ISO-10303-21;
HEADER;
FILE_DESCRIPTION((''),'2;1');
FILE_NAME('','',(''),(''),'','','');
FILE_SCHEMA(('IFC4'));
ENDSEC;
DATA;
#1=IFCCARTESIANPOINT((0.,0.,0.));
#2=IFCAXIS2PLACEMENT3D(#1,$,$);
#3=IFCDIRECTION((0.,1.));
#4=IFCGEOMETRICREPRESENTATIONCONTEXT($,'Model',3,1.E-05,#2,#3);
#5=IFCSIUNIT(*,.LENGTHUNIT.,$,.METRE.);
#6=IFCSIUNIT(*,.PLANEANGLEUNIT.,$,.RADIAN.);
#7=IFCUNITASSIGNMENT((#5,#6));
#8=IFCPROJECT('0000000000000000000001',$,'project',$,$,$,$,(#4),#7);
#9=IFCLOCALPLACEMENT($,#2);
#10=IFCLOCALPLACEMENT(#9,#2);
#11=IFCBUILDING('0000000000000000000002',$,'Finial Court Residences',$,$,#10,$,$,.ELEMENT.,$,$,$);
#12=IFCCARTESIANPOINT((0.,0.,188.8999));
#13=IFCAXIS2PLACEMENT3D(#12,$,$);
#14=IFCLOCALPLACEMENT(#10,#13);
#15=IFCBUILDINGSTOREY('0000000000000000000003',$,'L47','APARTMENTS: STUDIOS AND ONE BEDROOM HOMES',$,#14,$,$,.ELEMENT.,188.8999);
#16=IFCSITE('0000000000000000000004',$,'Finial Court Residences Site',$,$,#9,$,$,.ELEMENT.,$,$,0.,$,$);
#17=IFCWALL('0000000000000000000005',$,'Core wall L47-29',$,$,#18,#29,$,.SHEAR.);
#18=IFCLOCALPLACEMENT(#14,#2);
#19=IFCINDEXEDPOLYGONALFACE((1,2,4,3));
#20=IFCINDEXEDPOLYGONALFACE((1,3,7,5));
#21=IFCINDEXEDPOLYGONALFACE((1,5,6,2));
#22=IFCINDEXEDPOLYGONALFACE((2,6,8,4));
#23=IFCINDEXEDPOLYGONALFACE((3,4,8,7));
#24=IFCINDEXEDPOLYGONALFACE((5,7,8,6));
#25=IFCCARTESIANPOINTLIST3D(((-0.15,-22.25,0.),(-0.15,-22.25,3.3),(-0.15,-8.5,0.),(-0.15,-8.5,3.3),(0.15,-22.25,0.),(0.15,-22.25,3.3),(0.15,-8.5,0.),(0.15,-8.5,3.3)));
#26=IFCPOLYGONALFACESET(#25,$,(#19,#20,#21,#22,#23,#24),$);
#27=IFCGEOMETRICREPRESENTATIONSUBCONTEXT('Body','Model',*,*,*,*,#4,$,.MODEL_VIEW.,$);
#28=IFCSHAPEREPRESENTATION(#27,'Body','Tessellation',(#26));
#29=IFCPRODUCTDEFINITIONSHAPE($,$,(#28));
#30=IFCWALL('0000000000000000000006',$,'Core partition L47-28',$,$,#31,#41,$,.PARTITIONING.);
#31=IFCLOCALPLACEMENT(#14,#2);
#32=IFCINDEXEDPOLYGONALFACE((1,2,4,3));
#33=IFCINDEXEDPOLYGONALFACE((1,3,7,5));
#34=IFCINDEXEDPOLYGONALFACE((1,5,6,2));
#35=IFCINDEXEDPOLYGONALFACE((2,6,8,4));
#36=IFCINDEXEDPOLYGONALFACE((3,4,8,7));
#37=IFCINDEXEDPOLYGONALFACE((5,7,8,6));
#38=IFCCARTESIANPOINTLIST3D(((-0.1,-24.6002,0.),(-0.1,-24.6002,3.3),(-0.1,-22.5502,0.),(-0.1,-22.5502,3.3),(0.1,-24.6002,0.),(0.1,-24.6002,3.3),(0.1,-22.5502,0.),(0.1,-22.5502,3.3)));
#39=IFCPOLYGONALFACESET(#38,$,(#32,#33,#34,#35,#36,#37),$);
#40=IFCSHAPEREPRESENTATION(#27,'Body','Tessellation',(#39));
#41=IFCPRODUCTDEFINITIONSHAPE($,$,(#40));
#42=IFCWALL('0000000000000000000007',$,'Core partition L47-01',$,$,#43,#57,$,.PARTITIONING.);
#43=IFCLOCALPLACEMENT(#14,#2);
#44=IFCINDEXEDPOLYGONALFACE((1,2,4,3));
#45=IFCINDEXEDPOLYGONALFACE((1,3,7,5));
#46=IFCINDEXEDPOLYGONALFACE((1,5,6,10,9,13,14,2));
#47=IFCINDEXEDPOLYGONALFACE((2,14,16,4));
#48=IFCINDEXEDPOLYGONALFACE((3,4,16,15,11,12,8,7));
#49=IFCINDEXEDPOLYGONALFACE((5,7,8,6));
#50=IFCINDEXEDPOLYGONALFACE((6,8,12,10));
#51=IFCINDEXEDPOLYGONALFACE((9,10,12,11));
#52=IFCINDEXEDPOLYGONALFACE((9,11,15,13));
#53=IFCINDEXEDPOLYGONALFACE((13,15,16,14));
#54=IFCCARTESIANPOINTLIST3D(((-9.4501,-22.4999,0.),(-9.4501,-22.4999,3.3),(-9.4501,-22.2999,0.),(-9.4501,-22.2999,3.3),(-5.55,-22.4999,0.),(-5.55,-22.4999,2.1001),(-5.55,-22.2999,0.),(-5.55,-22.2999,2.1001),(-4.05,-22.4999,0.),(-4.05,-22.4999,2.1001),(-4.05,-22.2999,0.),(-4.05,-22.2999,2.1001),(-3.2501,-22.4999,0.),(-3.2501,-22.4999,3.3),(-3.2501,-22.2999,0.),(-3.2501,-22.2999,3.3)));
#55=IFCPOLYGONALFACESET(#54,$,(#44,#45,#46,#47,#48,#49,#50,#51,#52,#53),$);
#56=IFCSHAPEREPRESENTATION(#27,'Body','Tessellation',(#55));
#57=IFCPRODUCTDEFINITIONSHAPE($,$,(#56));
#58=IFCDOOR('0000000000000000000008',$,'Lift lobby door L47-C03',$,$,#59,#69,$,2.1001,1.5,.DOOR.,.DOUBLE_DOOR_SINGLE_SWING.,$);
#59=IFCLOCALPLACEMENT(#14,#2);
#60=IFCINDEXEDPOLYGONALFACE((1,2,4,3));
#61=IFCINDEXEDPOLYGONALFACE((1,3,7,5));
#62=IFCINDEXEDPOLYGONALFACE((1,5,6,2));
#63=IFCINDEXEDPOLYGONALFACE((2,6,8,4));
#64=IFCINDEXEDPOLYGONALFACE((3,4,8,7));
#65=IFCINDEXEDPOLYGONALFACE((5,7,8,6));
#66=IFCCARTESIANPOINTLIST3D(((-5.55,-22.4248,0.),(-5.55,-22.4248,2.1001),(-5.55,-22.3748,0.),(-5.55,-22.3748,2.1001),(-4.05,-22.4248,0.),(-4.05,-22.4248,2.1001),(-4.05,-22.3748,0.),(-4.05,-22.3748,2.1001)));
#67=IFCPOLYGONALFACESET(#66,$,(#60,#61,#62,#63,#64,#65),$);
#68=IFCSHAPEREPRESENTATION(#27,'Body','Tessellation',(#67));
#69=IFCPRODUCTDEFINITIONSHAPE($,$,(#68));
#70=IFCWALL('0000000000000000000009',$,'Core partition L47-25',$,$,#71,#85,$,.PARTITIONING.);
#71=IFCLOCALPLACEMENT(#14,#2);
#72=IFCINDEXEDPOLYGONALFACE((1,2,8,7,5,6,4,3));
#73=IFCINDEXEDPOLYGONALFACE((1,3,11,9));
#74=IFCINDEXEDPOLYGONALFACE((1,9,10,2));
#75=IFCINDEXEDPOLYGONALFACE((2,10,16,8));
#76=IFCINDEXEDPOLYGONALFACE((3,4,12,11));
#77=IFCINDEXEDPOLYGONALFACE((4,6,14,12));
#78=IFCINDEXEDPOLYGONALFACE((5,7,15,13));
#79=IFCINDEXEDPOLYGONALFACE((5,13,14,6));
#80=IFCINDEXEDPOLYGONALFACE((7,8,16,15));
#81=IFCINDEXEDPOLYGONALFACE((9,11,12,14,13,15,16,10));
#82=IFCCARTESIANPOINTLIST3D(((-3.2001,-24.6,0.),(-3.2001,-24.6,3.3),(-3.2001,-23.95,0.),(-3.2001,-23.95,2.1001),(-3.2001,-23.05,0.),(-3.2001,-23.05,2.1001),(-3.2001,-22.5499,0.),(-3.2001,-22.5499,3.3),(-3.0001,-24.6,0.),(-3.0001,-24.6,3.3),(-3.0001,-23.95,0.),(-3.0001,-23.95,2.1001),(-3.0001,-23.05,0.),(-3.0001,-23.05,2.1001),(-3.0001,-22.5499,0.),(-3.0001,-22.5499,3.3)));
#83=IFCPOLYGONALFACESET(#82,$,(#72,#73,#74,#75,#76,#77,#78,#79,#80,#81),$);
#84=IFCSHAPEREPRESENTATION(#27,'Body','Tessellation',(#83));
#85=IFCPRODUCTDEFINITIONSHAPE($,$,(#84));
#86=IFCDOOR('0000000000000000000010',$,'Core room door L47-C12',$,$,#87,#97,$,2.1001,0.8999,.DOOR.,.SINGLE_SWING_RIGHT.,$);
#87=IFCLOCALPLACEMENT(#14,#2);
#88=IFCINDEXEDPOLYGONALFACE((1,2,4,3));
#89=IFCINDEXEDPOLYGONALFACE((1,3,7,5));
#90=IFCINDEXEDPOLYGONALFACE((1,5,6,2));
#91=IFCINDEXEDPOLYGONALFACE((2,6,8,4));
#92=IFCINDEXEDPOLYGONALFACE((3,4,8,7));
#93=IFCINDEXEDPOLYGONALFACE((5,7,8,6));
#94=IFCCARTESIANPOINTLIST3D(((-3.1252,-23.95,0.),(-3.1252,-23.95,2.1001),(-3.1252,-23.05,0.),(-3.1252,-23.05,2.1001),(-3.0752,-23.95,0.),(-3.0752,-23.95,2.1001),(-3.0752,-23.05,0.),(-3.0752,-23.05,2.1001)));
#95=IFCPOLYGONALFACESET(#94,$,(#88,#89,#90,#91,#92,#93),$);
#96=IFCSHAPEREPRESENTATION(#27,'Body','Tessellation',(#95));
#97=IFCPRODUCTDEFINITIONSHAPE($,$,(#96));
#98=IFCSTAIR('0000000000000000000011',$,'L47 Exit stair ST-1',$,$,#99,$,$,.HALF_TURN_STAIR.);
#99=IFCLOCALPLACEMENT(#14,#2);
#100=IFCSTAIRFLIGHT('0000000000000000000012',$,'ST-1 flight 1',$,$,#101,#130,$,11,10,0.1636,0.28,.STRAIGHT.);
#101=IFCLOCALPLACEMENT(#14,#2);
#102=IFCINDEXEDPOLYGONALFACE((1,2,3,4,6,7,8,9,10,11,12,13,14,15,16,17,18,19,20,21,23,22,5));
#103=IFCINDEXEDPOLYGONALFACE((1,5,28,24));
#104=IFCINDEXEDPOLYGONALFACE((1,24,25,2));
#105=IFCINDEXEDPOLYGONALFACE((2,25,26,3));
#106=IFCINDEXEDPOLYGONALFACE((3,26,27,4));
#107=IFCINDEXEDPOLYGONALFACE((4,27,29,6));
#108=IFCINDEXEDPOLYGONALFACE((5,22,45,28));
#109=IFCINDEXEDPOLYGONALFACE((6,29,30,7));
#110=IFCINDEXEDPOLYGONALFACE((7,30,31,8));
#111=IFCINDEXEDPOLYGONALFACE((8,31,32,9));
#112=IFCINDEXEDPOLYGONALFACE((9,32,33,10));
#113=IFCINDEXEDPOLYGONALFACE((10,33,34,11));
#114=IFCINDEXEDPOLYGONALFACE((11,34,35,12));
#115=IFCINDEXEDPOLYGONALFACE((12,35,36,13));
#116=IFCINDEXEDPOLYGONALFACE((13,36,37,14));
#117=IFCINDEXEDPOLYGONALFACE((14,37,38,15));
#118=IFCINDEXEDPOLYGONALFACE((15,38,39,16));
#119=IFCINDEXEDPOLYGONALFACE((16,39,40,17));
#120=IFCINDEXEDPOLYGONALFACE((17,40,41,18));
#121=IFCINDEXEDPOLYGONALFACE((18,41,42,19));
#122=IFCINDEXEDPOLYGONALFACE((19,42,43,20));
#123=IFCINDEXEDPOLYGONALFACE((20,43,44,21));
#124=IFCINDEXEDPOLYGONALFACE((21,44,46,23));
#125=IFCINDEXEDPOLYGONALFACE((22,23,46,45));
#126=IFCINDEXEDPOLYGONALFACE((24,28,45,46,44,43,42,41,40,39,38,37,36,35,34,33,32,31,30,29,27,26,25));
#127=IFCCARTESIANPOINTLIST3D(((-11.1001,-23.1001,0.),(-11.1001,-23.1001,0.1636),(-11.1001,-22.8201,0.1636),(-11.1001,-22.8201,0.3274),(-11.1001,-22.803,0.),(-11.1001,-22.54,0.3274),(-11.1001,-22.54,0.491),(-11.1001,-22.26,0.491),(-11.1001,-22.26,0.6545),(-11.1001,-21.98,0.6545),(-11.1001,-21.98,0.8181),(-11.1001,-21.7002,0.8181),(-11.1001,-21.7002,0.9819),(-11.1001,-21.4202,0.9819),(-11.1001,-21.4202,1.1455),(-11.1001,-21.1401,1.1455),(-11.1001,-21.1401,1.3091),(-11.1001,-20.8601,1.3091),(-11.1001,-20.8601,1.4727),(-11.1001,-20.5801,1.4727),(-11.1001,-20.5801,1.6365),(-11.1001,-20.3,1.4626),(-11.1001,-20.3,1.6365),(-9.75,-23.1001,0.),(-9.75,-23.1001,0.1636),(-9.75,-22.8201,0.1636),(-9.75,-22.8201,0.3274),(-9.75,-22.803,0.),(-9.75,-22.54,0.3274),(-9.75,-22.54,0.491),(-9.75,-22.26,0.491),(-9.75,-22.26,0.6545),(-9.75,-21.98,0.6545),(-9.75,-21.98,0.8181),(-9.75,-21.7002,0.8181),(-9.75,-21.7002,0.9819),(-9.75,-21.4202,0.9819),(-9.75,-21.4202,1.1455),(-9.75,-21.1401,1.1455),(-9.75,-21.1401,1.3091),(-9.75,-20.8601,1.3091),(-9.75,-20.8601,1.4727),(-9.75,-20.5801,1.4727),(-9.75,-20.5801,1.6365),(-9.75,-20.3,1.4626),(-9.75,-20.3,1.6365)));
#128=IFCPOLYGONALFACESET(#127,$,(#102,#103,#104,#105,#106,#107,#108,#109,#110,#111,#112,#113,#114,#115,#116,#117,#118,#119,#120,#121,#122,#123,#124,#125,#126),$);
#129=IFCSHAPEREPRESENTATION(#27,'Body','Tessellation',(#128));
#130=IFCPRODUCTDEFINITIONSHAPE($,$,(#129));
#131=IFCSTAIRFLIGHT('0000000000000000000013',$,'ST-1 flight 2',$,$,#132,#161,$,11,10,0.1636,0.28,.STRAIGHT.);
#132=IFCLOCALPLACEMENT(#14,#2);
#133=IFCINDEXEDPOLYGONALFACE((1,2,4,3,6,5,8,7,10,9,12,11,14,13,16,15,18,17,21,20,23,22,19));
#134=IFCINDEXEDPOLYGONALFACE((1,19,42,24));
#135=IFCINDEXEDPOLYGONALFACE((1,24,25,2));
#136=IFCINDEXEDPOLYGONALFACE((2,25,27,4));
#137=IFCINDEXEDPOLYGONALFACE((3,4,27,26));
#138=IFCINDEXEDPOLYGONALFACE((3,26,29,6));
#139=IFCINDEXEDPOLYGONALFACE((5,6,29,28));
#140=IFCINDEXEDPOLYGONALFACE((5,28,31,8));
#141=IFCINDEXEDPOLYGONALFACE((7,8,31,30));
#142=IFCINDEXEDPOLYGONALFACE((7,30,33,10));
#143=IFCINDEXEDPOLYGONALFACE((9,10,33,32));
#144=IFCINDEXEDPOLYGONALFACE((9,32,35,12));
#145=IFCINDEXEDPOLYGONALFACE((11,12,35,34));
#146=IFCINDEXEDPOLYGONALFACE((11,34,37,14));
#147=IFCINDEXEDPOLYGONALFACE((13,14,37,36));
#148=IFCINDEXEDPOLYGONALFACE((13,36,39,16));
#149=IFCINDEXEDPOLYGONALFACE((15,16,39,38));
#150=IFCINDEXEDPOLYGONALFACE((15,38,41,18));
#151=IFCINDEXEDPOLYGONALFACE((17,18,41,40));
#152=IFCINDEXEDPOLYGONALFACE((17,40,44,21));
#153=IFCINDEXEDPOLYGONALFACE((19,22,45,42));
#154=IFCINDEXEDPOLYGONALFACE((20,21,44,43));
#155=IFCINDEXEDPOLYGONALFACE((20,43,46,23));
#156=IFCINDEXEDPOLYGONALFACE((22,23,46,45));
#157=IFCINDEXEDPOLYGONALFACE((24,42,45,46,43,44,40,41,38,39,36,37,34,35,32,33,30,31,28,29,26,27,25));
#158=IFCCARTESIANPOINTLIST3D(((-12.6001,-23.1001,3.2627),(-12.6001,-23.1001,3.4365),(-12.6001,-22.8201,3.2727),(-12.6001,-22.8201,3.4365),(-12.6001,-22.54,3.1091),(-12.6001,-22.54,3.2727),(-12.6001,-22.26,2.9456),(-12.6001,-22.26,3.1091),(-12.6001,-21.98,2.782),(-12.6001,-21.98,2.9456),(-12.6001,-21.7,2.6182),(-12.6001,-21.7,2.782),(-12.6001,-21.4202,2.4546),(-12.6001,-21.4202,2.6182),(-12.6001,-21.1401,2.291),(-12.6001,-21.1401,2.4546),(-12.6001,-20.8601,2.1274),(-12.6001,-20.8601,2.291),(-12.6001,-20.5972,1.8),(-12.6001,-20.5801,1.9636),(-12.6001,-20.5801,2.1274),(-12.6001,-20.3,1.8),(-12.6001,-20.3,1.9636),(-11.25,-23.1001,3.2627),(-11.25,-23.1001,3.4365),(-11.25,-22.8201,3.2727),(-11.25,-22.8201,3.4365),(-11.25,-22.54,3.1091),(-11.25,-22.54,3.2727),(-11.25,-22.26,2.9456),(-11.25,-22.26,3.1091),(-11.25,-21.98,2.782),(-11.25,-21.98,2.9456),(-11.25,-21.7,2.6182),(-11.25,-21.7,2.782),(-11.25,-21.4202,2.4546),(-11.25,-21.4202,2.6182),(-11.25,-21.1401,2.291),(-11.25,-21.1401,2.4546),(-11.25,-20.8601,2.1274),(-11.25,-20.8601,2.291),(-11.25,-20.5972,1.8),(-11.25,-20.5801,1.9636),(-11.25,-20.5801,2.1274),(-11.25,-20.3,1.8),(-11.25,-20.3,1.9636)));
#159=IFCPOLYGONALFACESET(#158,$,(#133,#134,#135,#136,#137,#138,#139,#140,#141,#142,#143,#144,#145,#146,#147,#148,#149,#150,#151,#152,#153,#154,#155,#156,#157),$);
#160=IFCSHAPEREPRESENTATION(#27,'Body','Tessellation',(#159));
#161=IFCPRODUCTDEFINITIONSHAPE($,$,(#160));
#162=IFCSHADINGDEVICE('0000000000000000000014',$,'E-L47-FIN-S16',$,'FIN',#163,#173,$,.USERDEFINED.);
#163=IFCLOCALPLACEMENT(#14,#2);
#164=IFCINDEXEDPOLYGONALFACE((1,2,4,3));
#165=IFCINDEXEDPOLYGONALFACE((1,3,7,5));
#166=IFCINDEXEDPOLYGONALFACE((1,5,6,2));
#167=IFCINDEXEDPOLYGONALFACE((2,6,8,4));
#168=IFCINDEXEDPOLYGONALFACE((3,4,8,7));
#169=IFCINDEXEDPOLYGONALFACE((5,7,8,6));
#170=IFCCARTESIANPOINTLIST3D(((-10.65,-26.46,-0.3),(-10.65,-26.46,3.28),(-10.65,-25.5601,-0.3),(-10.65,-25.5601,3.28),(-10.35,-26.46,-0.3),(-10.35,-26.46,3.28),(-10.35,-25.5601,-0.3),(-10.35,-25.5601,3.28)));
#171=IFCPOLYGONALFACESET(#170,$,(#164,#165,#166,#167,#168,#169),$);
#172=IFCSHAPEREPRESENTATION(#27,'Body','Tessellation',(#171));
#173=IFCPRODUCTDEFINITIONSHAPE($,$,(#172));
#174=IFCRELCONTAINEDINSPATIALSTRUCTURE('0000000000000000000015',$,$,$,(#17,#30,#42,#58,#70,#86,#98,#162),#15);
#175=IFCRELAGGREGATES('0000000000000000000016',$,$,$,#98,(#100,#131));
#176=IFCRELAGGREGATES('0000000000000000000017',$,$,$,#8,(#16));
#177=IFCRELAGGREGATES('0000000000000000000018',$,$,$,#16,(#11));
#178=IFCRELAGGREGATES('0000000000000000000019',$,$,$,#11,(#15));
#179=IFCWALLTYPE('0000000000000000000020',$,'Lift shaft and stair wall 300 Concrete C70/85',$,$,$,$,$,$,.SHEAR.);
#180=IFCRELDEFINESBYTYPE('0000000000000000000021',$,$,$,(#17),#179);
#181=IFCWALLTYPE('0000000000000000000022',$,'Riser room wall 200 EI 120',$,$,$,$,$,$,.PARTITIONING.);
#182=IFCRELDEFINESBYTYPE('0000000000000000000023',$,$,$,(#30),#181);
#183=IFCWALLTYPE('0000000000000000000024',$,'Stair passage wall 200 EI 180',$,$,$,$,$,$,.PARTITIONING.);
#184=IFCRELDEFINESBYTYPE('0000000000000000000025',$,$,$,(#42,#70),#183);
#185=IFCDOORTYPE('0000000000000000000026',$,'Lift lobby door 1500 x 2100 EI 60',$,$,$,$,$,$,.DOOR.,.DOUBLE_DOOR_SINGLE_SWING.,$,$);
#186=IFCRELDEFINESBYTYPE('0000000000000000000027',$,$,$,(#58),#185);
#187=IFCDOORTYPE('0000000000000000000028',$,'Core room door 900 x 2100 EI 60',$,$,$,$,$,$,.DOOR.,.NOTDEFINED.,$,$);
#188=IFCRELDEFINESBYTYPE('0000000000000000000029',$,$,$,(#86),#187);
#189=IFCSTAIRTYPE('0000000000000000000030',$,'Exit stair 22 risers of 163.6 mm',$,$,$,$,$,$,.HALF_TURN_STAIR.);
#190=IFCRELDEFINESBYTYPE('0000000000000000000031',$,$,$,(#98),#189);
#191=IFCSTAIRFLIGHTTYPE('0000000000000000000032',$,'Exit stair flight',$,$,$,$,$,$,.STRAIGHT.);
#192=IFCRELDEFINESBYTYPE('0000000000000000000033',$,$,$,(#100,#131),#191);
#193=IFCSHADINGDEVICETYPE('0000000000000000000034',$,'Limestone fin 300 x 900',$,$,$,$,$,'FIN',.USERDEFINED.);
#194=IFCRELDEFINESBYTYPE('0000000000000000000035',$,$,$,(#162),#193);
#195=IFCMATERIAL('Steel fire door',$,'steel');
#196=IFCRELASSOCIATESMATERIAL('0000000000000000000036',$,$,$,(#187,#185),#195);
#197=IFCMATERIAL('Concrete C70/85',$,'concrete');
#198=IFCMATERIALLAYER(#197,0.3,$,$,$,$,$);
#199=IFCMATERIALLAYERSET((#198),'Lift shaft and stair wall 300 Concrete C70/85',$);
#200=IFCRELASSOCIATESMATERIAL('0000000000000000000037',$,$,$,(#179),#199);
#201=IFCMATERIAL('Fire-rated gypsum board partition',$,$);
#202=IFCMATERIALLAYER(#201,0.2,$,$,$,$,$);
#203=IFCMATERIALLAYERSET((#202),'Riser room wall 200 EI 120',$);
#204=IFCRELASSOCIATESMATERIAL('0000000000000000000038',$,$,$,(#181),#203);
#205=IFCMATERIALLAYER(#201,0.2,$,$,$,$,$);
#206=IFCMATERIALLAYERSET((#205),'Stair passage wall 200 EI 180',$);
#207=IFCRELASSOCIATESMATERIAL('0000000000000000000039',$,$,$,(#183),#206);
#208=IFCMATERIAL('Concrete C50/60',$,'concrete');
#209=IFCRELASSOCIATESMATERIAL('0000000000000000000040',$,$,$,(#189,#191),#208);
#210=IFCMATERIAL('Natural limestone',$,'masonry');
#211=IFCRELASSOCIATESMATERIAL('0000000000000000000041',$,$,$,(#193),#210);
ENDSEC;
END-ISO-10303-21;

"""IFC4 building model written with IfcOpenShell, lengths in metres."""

from ifc_helpers import new_model, si_unit, direction, frame, frame_2d, origin, origin_2d, place, context, subcontext, project, spatial, polyline, rectangle, outline, extrude, material, layer, layer_set, type_object, element, fill, aggregate, save


model = new_model("IFC4")

# Units and contexts
model_context = context("Model", 3, precision=1e-05, world=origin(), true_north=direction((0.0, 1.0)))
body_context = subcontext(model_context, "Body", "Model", "MODEL_VIEW")
ifc_project = project(units=[si_unit("LENGTHUNIT", "METRE"), si_unit("PLANEANGLEUNIT", "RADIAN")], contexts=[model_context])

# Site, building, storey
site_placement = place(None, origin())
site = spatial("IfcSite", under=ifc_project, at=site_placement, Name="Finial Court Residences Site", CompositionType="ELEMENT", RefElevation=0.0)
building_placement = place(site_placement, origin())
building = spatial("IfcBuilding", under=site, at=building_placement, Name="Finial Court Residences", CompositionType="ELEMENT")
storey_placement = place(building_placement, frame((0.0, 0.0, 188.8999)))
storey = spatial("IfcBuildingStorey", under=building, at=storey_placement, Name="L47", Description="APARTMENTS: STUDIOS AND ONE BEDROOM HOMES", CompositionType="ELEMENT", Elevation=188.8999)

# Shared definitions
ifc_material_1 = material(Name="Concrete C70/85", Category="concrete")

# Shared definitions
ifc_material_2 = material(Name="Fire-rated gypsum board partition")
ifc_material_3 = material(Name="Steel fire door", Category="steel")
door_type_1 = type_object("IfcDoorType", Name="Core room door 900 x 2100 EI 60", OperationType="NOTDEFINED", PredefinedType="DOOR", material=ifc_material_3)

# Shared definitions
ifc_layer_1 = layer(ifc_material_1, 0.3)
ifc_layer_set_1 = layer_set([ifc_layer_1], Name="Lift shaft and stair wall 300 Concrete C70/85")
wall_type_1 = type_object("IfcWallType", Name="Lift shaft and stair wall 300 Concrete C70/85", PredefinedType="SHEAR", material=ifc_layer_set_1)

# Walls
wall_1_placement = place(storey_placement, frame((0.0, -22.25, 0.0), z_axis=(0.0, 0.0, 1.0), x_axis=(0.0, 1.0, 0.0)))
element("IfcWall", 1, at=wall_1_placement, inside=storey, type_object=wall_type_1, Name="Core wall L47-29", PredefinedType="SHEAR", context=body_context, shape_type="SweptSolid", body=[
    extrude(rectangle(XDim=13.75, YDim=0.3, at=frame_2d((6.875, 0.0))), origin(), (0.0, 0.0, 1.0), 3.3),
])
ifc_layer_2 = layer(ifc_material_2, 0.2)
ifc_layer_set_2 = layer_set([ifc_layer_2], Name="Riser room wall 200 EI 120")
wall_type_2 = type_object("IfcWallType", Name="Riser room wall 200 EI 120", PredefinedType="PARTITIONING", material=ifc_layer_set_2)
wall_2_placement = place(storey_placement, frame((0.0, -24.6001, 0.0), z_axis=(0.0, 0.0, 1.0), x_axis=(0.0, 1.0, 0.0)))
element("IfcWall", 2, at=wall_2_placement, inside=storey, type_object=wall_type_2, Name="Core partition L47-28", PredefinedType="PARTITIONING", context=body_context, shape_type="SweptSolid", body=[
    extrude(rectangle(XDim=2.05, YDim=0.2, at=frame_2d((1.0249, 0.0))), origin(), (0.0, 0.0, 1.0), 3.3),
])

# Walls, openings, doors
ifc_layer_3 = layer(ifc_material_2, 0.2)
ifc_layer_set_3 = layer_set([ifc_layer_3], Name="Stair passage wall 200 EI 180")
wall_type_3 = type_object("IfcWallType", Name="Stair passage wall 200 EI 180", PredefinedType="PARTITIONING", material=ifc_layer_set_3)
wall_3_placement = place(storey_placement, frame((-3.25, -22.3999, 0.0), z_axis=(0.0, 0.0, 1.0), x_axis=(-1.0, 0.0, 0.0)))
wall_3 = element("IfcWall", 3, at=wall_3_placement, inside=storey, type_object=wall_type_3, Name="Core partition L47-01", PredefinedType="PARTITIONING", context=body_context, shape_type="SweptSolid", body=[
    extrude(rectangle(XDim=6.2, YDim=0.2, at=frame_2d((3.1001, 0.0))), origin(), (0.0, 0.0, 1.0), 3.3),
])
opening_1_placement = place(wall_3_placement, frame((0.8, 0.0, 0.0)))
opening_1 = element("IfcOpeningElement", 4, at=opening_1_placement, cuts=wall_3, PredefinedType="OPENING", context=body_context, shape_type="SweptSolid", body=[
    extrude(rectangle(XDim=1.5, YDim=2.1001, at=frame_2d((0.75, 1.05))), frame((0.0, 0.1099, 0.0), z_axis=(0.0, -1.0, 0.0), x_axis=(1.0, 0.0, 0.0)), (0.0, 0.0, 1.0), 0.22),
])
door_type_2 = type_object("IfcDoorType", Name="Lift lobby door 1500 x 2100 EI 60", OperationType="DOUBLE_DOOR_SINGLE_SWING", PredefinedType="DOOR", material=ifc_material_3)
door_1_placement = place(opening_1_placement, origin())
door_1 = element("IfcDoor", 5, at=door_1_placement, inside=storey, type_object=door_type_2, Name="Lift lobby door L47-C03", OperationType="DOUBLE_DOOR_SINGLE_SWING", OverallHeight=2.1001, OverallWidth=1.5, PredefinedType="DOOR", context=body_context, shape_type="SweptSolid", body=[
    extrude(rectangle(XDim=1.5, YDim=2.1001, at=frame_2d((0.75, 1.05))), frame((0.0, 0.0249, 0.0), z_axis=(0.0, -1.0, 0.0), x_axis=(1.0, 0.0, 0.0)), (0.0, 0.0, 1.0), 0.05),
])
fill(opening_1, door_1)
wall_4_placement = place(storey_placement, frame((-3.1001, -22.55, 0.0), z_axis=(0.0, 0.0, 1.0), x_axis=(0.0, -1.0, 0.0)))
wall_4 = element("IfcWall", 6, at=wall_4_placement, inside=storey, type_object=wall_type_3, Name="Core partition L47-25", PredefinedType="PARTITIONING", context=body_context, shape_type="SweptSolid", body=[
    extrude(rectangle(XDim=2.05, YDim=0.2, at=frame_2d((1.0249, 0.0))), origin(), (0.0, 0.0, 1.0), 3.3),
])
opening_2_placement = place(wall_4_placement, frame((0.5, 0.0, 0.0)))
opening_2 = element("IfcOpeningElement", 7, at=opening_2_placement, cuts=wall_4, PredefinedType="OPENING", context=body_context, shape_type="SweptSolid", body=[
    extrude(rectangle(XDim=0.8999, YDim=2.1001, at=frame_2d((0.45, 1.05))), frame((0.0, 0.1099, 0.0), z_axis=(0.0, -1.0, 0.0), x_axis=(1.0, 0.0, 0.0)), (0.0, 0.0, 1.0), 0.22),
])
door_2_placement = place(opening_2_placement, origin())
door_2 = element("IfcDoor", 8, at=door_2_placement, inside=storey, type_object=door_type_1, Name="Core room door L47-C12", OperationType="SINGLE_SWING_RIGHT", OverallHeight=2.1001, OverallWidth=0.8999, PredefinedType="DOOR", context=body_context, shape_type="SweptSolid", body=[
    extrude(rectangle(XDim=0.8999, YDim=2.1001, at=frame_2d((0.45, 1.05))), frame((0.0, 0.0249, 0.0), z_axis=(0.0, -1.0, 0.0), x_axis=(1.0, 0.0, 0.0)), (0.0, 0.0, 1.0), 0.05),
])
fill(opening_2, door_2)

# Stair, stair flights
ifc_material_4 = material(Name="Concrete C50/60", Category="concrete")
stair_type = type_object("IfcStairType", Name="Exit stair 22 risers of 163.6 mm", PredefinedType="HALF_TURN_STAIR", material=ifc_material_4)
stair_placement = place(storey_placement, origin())
stair = element("IfcStair", 9, at=stair_placement, inside=storey, type_object=stair_type, Name="L47 Exit stair ST-1", PredefinedType="HALF_TURN_STAIR")
stair_flight_type = type_object("IfcStairFlightType", Name="Exit stair flight", PredefinedType="STRAIGHT", material=ifc_material_4)
stair_flight_1_placement = place(storey_placement, frame((-10.425, -23.1001, 0.0), z_axis=(0.0, 0.0, 1.0), x_axis=(0.0, 1.0, 0.0)))
stair_flight_1 = element("IfcStairFlight", 10, at=stair_flight_1_placement, type_object=stair_flight_type, Name="ST-1 flight 1", NumberOfRisers=11, NumberOfTreads=10, PredefinedType="STRAIGHT", RiserHeight=0.1636, TreadLength=0.28, context=body_context, shape_type="SweptSolid", body=[
    extrude(outline(polyline([(0.0, 0.0), (0.0, 0.1636), (0.28, 0.1636), (0.28, 0.3274), (0.5601, 0.3274), (0.5601, 0.491), (0.8401, 0.491), (0.8401, 0.6545), (1.1201, 0.6545), (1.1201, 0.8181), (1.3999, 0.8181), (1.3999, 0.9819), (1.6799, 0.9819), (1.6799, 1.1455), (1.96, 1.1455), (1.96, 1.3091), (2.24, 1.3091), (2.24, 1.4727), (2.52, 1.4727), (2.52, 1.6365), (2.8, 1.6365), (2.8, 1.8), (2.8, 1.4626), (0.2971, 0.0), (0.0, 0.0)])), frame((0.0, 0.675, 0.0), z_axis=(0.0, -1.0, 0.0), x_axis=(1.0, 0.0, 0.0)), (0.0, 0.0, 1.0), 1.3501),
])
stair_flight_2_placement = place(storey_placement, frame((-11.925, -20.3, 1.8), z_axis=(0.0, 0.0, 1.0), x_axis=(0.0, -1.0, 0.0)))
stair_flight_2 = element("IfcStairFlight", 11, at=stair_flight_2_placement, type_object=stair_flight_type, Name="ST-1 flight 2", NumberOfRisers=11, NumberOfTreads=10, PredefinedType="STRAIGHT", RiserHeight=0.1636, TreadLength=0.28, context=body_context, shape_type="SweptSolid", body=[
    extrude(outline(polyline([(0.0, 0.0), (0.0, 0.1636), (0.28, 0.1636), (0.28, 0.3274), (0.5601, 0.3274), (0.5601, 0.491), (0.8401, 0.491), (0.8401, 0.6545), (1.1201, 0.6545), (1.1201, 0.8181), (1.3999, 0.8181), (1.3999, 0.9819), (1.6799, 0.9819), (1.6799, 1.1455), (1.96, 1.1455), (1.96, 1.3091), (2.24, 1.3091), (2.24, 1.4727), (2.52, 1.4727), (2.52, 1.6365), (2.8, 1.6365), (2.8, 1.8), (2.8, 1.4626), (0.2971, 0.0), (0.0, 0.0)])), frame((0.0, 0.675, 0.0), z_axis=(0.0, -1.0, 0.0), x_axis=(1.0, 0.0, 0.0)), (0.0, 0.0, 1.0), 1.3501),
])
aggregate(stair, [stair_flight_1, stair_flight_2])

# Shading device
ifc_material_5 = material(Name="Natural limestone", Category="masonry")
shading_device_type = type_object("IfcShadingDeviceType", Name="Limestone fin 300 x 900", ElementType="FIN", PredefinedType="USERDEFINED", material=ifc_material_5)
for number, where, z_axis, x_axis, name in (
    (12, (-10.5, -26.01, -0.3), (0.0, 0.0, 1.0), (1.0, 0.0, 0.0), "E-L47-FIN-S16"),
):
    element("IfcShadingDevice", number, at=place(storey_placement, frame(where, z_axis=z_axis, x_axis=x_axis)), inside=storey, type_object=shading_device_type, Name=name, ObjectType="FIN", PredefinedType="USERDEFINED", context=body_context, shape_type="SweptSolid", body=[
        extrude(rectangle(XDim=0.3, YDim=0.8999, at=origin_2d()), origin(), (0.0, 0.0, 1.0), 3.5801),
    ])

save(model, "model.ifc")
